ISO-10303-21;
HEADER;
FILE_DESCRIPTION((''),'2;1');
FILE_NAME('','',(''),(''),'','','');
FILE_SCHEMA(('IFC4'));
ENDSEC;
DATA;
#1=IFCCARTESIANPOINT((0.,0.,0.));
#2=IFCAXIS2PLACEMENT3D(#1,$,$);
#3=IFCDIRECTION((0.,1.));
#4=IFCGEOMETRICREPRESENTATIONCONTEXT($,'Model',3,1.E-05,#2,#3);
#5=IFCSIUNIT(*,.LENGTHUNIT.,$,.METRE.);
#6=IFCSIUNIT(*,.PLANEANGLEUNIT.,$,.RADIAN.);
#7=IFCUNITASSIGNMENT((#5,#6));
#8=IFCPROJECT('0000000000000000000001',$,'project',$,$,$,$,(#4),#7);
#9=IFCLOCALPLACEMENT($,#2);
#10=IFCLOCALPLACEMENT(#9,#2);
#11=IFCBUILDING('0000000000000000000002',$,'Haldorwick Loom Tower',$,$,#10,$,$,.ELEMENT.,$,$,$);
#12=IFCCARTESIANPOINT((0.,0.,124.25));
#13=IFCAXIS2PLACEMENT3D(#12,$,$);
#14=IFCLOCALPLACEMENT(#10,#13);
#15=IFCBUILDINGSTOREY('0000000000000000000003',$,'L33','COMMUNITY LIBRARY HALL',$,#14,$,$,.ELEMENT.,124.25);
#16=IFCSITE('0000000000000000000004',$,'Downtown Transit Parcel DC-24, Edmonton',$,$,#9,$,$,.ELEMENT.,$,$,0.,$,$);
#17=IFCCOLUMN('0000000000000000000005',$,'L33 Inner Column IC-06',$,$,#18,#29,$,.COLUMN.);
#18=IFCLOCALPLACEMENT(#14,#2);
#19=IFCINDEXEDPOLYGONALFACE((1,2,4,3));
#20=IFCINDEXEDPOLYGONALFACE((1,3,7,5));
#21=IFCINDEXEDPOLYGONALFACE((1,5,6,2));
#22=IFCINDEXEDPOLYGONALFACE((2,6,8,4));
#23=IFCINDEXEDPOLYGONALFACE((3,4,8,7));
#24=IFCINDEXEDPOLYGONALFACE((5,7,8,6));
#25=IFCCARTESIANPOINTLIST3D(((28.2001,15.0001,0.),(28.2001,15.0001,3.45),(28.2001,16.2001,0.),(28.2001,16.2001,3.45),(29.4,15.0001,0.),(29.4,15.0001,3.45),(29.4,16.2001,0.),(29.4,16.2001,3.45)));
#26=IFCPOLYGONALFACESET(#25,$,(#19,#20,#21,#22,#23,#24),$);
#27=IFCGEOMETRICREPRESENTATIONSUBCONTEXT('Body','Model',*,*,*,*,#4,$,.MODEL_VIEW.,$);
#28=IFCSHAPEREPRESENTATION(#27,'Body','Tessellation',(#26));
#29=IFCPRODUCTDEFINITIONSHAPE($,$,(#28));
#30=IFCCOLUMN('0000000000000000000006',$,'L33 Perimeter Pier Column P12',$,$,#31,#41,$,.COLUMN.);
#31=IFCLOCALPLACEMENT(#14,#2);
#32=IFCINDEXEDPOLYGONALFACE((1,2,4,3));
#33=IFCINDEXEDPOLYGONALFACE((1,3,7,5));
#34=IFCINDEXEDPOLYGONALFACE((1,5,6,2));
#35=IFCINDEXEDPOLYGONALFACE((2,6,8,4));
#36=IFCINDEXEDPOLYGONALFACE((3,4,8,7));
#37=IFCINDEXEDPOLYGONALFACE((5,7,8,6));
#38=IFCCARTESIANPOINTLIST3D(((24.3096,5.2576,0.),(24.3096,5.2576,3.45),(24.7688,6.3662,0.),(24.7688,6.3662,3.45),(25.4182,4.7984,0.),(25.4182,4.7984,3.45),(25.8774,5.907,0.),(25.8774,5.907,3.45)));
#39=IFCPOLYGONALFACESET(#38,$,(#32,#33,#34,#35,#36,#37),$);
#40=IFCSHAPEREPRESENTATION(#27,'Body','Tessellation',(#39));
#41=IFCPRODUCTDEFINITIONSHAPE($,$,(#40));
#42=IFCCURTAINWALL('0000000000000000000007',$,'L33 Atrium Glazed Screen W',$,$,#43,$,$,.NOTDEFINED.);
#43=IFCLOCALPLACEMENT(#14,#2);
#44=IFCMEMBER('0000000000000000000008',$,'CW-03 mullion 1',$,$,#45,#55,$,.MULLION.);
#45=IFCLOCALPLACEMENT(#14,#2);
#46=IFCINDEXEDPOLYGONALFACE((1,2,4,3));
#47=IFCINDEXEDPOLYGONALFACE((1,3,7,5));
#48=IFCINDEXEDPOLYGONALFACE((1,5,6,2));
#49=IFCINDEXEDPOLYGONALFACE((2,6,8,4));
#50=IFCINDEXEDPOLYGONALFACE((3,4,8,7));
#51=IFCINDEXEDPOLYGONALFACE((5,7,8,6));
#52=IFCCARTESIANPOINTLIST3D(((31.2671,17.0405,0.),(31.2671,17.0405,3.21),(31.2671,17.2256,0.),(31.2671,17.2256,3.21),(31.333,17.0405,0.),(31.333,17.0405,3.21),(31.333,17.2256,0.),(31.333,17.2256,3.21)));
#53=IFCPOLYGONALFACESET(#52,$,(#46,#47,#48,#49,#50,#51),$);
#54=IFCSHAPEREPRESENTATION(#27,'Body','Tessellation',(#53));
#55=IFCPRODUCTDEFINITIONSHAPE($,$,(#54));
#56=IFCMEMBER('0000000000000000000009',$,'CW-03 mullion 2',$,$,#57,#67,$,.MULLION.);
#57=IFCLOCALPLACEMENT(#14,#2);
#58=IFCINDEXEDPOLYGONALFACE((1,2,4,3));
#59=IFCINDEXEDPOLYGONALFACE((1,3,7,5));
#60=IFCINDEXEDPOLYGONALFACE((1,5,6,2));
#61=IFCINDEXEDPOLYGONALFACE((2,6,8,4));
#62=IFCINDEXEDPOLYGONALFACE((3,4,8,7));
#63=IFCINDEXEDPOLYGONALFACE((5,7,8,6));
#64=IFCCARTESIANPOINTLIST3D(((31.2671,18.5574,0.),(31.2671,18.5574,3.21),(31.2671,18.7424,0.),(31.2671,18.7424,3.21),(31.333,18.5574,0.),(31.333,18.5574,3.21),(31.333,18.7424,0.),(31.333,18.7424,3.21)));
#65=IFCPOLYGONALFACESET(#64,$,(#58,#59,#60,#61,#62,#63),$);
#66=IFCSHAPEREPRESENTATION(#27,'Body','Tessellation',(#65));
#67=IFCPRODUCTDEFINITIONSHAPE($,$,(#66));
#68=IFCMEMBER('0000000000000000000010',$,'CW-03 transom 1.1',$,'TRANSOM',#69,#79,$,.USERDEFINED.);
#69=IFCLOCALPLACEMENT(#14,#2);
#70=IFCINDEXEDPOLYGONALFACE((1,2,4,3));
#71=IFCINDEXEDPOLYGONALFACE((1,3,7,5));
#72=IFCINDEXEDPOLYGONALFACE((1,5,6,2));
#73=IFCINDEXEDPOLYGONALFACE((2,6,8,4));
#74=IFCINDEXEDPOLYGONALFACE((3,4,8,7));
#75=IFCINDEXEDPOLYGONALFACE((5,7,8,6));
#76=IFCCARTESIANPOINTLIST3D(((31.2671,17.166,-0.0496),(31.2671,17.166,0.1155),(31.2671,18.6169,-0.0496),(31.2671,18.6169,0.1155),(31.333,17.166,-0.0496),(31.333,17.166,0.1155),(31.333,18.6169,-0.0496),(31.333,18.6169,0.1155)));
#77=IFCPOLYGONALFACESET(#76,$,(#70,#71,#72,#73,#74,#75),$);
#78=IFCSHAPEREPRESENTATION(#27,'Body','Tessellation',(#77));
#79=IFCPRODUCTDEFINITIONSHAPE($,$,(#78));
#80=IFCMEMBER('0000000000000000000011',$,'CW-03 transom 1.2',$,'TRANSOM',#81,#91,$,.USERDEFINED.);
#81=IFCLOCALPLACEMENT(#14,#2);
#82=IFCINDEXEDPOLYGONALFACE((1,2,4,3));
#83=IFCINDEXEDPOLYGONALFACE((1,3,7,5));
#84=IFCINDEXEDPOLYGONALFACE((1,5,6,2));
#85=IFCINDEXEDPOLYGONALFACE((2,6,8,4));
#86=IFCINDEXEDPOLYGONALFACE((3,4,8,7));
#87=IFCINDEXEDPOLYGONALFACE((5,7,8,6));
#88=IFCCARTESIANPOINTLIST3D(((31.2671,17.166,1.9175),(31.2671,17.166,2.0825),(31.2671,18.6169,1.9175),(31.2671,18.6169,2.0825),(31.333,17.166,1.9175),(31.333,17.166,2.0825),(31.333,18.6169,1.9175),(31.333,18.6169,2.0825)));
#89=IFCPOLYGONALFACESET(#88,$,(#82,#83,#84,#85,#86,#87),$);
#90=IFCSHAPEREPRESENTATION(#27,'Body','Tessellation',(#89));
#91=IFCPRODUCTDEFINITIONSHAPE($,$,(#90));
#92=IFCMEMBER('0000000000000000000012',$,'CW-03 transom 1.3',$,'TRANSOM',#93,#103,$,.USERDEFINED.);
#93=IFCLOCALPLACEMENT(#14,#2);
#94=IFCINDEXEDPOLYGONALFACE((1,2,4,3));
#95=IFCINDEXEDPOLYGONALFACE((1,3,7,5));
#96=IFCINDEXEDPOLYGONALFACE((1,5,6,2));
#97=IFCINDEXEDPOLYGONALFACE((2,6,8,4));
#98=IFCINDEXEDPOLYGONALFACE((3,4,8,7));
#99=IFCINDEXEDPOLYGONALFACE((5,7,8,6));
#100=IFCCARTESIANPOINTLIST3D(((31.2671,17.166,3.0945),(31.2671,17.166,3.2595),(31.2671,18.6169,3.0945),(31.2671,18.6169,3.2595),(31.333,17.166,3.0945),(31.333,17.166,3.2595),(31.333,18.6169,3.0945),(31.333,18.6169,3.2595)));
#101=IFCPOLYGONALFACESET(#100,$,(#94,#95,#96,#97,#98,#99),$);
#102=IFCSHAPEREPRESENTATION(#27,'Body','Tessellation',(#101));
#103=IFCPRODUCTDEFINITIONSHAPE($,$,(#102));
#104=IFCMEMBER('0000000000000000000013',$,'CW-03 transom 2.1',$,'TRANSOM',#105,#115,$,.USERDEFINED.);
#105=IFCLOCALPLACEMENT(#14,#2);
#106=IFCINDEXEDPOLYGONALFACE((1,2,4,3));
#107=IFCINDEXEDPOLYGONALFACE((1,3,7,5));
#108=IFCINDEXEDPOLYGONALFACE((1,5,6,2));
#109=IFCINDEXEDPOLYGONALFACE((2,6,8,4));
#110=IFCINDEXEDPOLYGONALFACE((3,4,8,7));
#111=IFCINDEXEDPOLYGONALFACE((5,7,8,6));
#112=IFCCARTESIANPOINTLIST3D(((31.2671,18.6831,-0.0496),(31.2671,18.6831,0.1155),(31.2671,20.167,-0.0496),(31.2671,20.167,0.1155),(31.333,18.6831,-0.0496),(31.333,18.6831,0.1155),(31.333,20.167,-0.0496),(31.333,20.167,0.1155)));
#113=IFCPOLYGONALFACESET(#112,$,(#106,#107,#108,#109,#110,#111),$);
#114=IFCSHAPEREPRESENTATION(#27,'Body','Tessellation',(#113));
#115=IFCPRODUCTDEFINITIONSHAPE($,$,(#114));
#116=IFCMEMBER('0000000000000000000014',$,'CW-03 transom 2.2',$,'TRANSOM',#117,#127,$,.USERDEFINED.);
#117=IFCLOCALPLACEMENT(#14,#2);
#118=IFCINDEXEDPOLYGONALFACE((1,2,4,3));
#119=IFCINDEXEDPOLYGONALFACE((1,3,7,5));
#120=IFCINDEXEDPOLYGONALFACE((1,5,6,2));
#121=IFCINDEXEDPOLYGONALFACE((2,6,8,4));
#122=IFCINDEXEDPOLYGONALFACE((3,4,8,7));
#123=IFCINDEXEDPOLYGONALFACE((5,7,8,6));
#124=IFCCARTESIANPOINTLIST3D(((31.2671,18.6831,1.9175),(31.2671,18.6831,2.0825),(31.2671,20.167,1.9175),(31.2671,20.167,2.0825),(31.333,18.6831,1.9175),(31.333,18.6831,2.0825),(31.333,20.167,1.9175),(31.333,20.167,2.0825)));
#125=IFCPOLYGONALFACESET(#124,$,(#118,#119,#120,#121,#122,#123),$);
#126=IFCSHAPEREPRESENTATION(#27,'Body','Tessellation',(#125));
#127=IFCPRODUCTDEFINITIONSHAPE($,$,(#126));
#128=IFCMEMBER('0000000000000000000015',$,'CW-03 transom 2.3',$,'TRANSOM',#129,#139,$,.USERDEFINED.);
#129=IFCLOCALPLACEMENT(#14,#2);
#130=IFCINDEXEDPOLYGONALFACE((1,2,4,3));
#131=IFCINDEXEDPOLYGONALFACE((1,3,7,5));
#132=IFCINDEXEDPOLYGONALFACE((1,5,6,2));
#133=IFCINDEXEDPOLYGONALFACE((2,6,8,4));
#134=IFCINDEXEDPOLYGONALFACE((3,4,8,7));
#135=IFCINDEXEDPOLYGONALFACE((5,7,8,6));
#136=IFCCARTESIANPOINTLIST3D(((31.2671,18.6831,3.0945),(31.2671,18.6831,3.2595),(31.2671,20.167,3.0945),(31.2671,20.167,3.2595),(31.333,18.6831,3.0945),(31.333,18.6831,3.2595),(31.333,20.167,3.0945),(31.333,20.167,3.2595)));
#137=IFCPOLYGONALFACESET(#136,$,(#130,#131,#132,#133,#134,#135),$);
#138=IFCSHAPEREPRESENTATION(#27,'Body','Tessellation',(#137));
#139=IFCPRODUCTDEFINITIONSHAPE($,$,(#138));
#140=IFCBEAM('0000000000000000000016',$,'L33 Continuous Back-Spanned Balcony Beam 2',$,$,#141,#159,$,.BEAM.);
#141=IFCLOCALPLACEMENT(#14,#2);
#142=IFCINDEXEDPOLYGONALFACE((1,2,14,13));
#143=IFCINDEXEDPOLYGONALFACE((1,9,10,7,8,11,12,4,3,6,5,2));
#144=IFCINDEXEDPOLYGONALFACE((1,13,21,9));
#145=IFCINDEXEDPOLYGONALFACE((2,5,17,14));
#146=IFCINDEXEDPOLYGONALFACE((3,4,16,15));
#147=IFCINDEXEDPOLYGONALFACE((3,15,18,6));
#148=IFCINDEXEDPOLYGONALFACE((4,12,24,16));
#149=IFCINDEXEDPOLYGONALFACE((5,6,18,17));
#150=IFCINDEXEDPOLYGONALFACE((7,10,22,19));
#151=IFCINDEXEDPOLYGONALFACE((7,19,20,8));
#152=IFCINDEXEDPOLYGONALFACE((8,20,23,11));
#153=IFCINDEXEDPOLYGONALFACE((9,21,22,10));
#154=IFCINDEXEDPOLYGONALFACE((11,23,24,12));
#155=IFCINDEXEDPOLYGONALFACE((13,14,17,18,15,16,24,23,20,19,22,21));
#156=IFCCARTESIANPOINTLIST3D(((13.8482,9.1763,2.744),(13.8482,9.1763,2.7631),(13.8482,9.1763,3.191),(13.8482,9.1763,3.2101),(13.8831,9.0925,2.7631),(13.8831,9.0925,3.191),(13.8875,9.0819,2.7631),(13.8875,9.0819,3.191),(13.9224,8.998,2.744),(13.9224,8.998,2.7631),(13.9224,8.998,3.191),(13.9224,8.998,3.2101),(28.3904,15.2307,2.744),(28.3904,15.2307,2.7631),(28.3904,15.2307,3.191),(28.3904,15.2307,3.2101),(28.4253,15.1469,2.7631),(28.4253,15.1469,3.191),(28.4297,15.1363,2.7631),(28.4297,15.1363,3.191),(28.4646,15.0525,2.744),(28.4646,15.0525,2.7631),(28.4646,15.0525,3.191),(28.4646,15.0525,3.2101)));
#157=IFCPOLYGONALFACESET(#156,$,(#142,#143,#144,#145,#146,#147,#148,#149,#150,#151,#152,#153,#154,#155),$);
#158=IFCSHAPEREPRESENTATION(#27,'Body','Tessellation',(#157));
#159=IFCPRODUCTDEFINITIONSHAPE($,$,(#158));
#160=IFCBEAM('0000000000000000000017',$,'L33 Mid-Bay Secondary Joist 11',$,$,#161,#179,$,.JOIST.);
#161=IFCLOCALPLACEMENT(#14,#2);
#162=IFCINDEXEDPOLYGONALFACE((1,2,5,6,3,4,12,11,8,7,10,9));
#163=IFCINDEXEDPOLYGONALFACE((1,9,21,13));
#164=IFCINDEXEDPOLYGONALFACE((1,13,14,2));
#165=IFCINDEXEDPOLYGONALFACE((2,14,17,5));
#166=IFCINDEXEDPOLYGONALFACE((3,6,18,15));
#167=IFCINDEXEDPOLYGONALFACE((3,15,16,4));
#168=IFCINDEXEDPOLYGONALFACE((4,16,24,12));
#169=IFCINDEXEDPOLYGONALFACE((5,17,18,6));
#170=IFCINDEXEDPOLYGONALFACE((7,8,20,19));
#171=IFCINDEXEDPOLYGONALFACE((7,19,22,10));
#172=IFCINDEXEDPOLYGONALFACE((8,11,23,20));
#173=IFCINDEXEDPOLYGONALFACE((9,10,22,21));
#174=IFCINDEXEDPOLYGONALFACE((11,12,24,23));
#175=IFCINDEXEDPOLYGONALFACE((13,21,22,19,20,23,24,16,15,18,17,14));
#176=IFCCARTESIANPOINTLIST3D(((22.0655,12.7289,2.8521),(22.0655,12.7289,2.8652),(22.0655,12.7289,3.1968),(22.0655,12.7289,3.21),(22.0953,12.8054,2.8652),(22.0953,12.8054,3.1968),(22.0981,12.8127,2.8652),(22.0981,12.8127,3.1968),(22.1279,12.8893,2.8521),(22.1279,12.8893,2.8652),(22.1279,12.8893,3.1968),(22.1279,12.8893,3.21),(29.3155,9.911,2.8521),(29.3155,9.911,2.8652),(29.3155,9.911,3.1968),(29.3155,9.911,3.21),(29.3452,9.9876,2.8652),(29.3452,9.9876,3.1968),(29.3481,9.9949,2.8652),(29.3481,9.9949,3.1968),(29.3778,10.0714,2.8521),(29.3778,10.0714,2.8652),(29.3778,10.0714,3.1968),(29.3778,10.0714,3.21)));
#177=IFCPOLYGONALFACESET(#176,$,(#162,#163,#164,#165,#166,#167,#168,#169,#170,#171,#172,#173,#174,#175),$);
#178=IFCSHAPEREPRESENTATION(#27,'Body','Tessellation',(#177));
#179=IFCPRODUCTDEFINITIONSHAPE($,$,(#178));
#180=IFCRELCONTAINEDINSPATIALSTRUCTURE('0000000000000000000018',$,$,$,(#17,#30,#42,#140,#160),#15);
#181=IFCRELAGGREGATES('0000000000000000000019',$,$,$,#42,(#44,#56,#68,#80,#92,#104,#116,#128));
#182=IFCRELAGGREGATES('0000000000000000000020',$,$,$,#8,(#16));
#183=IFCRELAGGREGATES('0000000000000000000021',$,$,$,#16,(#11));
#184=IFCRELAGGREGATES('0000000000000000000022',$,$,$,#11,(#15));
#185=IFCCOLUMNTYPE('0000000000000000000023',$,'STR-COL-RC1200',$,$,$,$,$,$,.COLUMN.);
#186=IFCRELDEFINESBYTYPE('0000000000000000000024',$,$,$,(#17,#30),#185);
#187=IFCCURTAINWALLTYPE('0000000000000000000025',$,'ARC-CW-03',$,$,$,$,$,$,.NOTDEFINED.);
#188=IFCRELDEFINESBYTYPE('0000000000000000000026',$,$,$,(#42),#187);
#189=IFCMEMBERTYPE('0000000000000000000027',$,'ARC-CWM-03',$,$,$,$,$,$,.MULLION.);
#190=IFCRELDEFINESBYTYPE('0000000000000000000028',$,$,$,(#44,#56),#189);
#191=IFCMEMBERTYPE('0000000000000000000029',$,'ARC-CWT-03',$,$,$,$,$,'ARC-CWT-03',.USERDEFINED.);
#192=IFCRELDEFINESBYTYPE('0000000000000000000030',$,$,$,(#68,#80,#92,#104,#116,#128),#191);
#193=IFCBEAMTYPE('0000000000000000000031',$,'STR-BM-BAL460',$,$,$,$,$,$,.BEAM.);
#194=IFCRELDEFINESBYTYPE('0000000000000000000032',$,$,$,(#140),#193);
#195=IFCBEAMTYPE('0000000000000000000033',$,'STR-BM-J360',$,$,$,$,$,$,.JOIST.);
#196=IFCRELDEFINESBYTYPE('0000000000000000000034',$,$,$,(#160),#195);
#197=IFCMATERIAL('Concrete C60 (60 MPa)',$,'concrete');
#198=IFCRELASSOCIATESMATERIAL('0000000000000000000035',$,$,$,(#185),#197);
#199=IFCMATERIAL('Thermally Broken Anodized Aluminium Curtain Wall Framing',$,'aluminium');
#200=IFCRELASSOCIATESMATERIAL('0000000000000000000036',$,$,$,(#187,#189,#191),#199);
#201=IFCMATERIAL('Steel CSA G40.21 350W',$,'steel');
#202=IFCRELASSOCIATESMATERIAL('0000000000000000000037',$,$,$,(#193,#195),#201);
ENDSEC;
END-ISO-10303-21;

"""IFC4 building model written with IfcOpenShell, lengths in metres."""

from ifc_helpers import new_model, si_unit, direction, frame, origin, origin_2d, place, context, subcontext, project, spatial, rectangle, i_section, extrude, material, material_profile, profile_set, type_object, element, aggregate, save


model = new_model("IFC4")

# Units and contexts
model_context = context("Model", 3, precision=1e-05, world=origin(), true_north=direction((0.0, 1.0)))
body_context = subcontext(model_context, "Body", "Model", "MODEL_VIEW")
ifc_project = project(units=[si_unit("LENGTHUNIT", "METRE"), si_unit("PLANEANGLEUNIT", "RADIAN")], contexts=[model_context])

# Site, building, storey
site_placement = place(None, origin())
site = spatial("IfcSite", under=ifc_project, at=site_placement, Name="Downtown Transit Parcel DC-24, Edmonton", CompositionType="ELEMENT", RefElevation=0.0)
building_placement = place(site_placement, origin())
building = spatial("IfcBuilding", under=site, at=building_placement, Name="Haldorwick Loom Tower", CompositionType="ELEMENT")
storey_placement = place(building_placement, frame((0.0, 0.0, 124.25)))
storey = spatial("IfcBuildingStorey", under=building, at=storey_placement, Name="L33", Description="COMMUNITY LIBRARY HALL", CompositionType="ELEMENT", Elevation=124.25)

# Columns
ifc_material_1 = material(Name="Concrete C60 (60 MPa)", Category="concrete")
ifc_material_profile_1 = material_profile(ifc_material_1, rectangle(XDim=1.2, YDim=1.2, at=origin_2d()), Name="RC1200X1200", Category="concrete")
ifc_profile_set_1 = profile_set([ifc_material_profile_1], Name="Concrete C60 (60 MPa)")
column_type = type_object("IfcColumnType", Name="STR-COL-RC1200", PredefinedType="COLUMN", material=ifc_profile_set_1)
for number, where, z_axis, x_axis, name in (
    (1, (28.8, 15.6001, 0.0), (0.0, 0.0, 1.0), (1.0, 0.0, 0.0), "L33 Inner Column IC-06"),
    (2, (25.0935, 5.5823, 0.0), (0.0, 0.0, 1.0), (-0.382683, -0.92388, 0.0), "L33 Perimeter Pier Column P12"),
):
    element("IfcColumn", number, at=place(storey_placement, frame(where, z_axis=z_axis, x_axis=x_axis)), inside=storey, type_object=column_type, Name=name, PredefinedType="COLUMN", context=body_context, shape_type="SweptSolid", body=[
        extrude(rectangle(XDim=1.2, YDim=1.2, at=origin_2d()), origin(), (0.0, 0.0, 1.0), 3.45),
    ])

# Curtain wall, members
ifc_material_2 = material(Name="Thermally Broken Anodized Aluminium Curtain Wall Framing", Category="aluminium")
curtain_wall_type = type_object("IfcCurtainWallType", Name="ARC-CW-03", PredefinedType="NOTDEFINED", material=ifc_material_2)
curtain_wall_placement = place(storey_placement, origin())
curtain_wall = element("IfcCurtainWall", 3, at=curtain_wall_placement, inside=storey, type_object=curtain_wall_type, Name="L33 Atrium Glazed Screen W", PredefinedType="NOTDEFINED")
ifc_material_profile_2 = material_profile(ifc_material_2, rectangle(XDim=0.0659, YDim=0.1851, at=origin_2d()), Name="ALU_MUL_66X185", Category="aluminium")
ifc_profile_set_2 = profile_set([ifc_material_profile_2], Name="Thermally Broken Anodized Aluminium Curtain Wall Framing")
member_type_1 = type_object("IfcMemberType", Name="ARC-CWM-03", PredefinedType="MULLION", material=ifc_profile_set_2)
member_1_placement = place(storey_placement, frame((31.3, 17.1331, 0.0), z_axis=(0.0, 0.0, 1.0), x_axis=(-1.0, 0.0, 0.0)))
member_1 = element("IfcMember", 4, at=member_1_placement, type_object=member_type_1, Name="CW-03 mullion 1", PredefinedType="MULLION", context=body_context, shape_type="SweptSolid", body=[
    extrude(rectangle(XDim=0.0659, YDim=0.1851, at=origin_2d()), origin(), (0.0, 0.0, 1.0), 3.21),
])
member_2_placement = place(storey_placement, frame((31.3, 18.6499, 0.0), z_axis=(0.0, 0.0, 1.0), x_axis=(-1.0, 0.0, 0.0)))
member_2 = element("IfcMember", 5, at=member_2_placement, type_object=member_type_1, Name="CW-03 mullion 2", PredefinedType="MULLION", context=body_context, shape_type="SweptSolid", body=[
    extrude(rectangle(XDim=0.0659, YDim=0.1851, at=origin_2d()), origin(), (0.0, 0.0, 1.0), 3.21),
])
ifc_material_profile_3 = material_profile(ifc_material_2, rectangle(XDim=0.0659, YDim=0.165, at=origin_2d()), Name="ALU_TRN_66X165", Category="aluminium")
ifc_profile_set_3 = profile_set([ifc_material_profile_3], Name="Thermally Broken Anodized Aluminium Curtain Wall Framing")
member_type_2 = type_object("IfcMemberType", Name="ARC-CWT-03", ElementType="ARC-CWT-03", PredefinedType="USERDEFINED", material=ifc_profile_set_3)
member_3_placement = place(storey_placement, frame((31.3, 17.166, 0.033), z_axis=(0.0, 1.0, 0.0), x_axis=(-1.0, 0.0, 0.0)))
member_3 = element("IfcMember", 6, at=member_3_placement, type_object=member_type_2, Name="CW-03 transom 1.1", ObjectType="TRANSOM", PredefinedType="USERDEFINED", context=body_context, shape_type="SweptSolid", body=[
    extrude(rectangle(XDim=0.0659, YDim=0.165, at=origin_2d()), origin(), (0.0, 0.0, 1.0), 1.4509),
])
member_4_placement = place(storey_placement, frame((31.3, 17.166, 2.0), z_axis=(0.0, 1.0, 0.0), x_axis=(-1.0, 0.0, 0.0)))
member_4 = element("IfcMember", 7, at=member_4_placement, type_object=member_type_2, Name="CW-03 transom 1.2", ObjectType="TRANSOM", PredefinedType="USERDEFINED", context=body_context, shape_type="SweptSolid", body=[
    extrude(rectangle(XDim=0.0659, YDim=0.165, at=origin_2d()), origin(), (0.0, 0.0, 1.0), 1.4509),
])
member_5_placement = place(storey_placement, frame((31.3, 17.166, 3.177), z_axis=(0.0, 1.0, 0.0), x_axis=(-1.0, 0.0, 0.0)))
member_5 = element("IfcMember", 8, at=member_5_placement, type_object=member_type_2, Name="CW-03 transom 1.3", ObjectType="TRANSOM", PredefinedType="USERDEFINED", context=body_context, shape_type="SweptSolid", body=[
    extrude(rectangle(XDim=0.0659, YDim=0.165, at=origin_2d()), origin(), (0.0, 0.0, 1.0), 1.4509),
])
member_6_placement = place(storey_placement, frame((31.3, 18.6831, 0.033), z_axis=(0.0, 1.0, 0.0), x_axis=(-1.0, 0.0, 0.0)))
member_6 = element("IfcMember", 9, at=member_6_placement, type_object=member_type_2, Name="CW-03 transom 2.1", ObjectType="TRANSOM", PredefinedType="USERDEFINED", context=body_context, shape_type="SweptSolid", body=[
    extrude(rectangle(XDim=0.0659, YDim=0.165, at=origin_2d()), origin(), (0.0, 0.0, 1.0), 1.4839),
])
member_7_placement = place(storey_placement, frame((31.3, 18.6831, 2.0), z_axis=(0.0, 1.0, 0.0), x_axis=(-1.0, 0.0, 0.0)))
member_7 = element("IfcMember", 10, at=member_7_placement, type_object=member_type_2, Name="CW-03 transom 2.2", ObjectType="TRANSOM", PredefinedType="USERDEFINED", context=body_context, shape_type="SweptSolid", body=[
    extrude(rectangle(XDim=0.0659, YDim=0.165, at=origin_2d()), origin(), (0.0, 0.0, 1.0), 1.4839),
])
member_8_placement = place(storey_placement, frame((31.3, 18.6831, 3.177), z_axis=(0.0, 1.0, 0.0), x_axis=(-1.0, 0.0, 0.0)))
member_8 = element("IfcMember", 11, at=member_8_placement, type_object=member_type_2, Name="CW-03 transom 2.3", ObjectType="TRANSOM", PredefinedType="USERDEFINED", context=body_context, shape_type="SweptSolid", body=[
    extrude(rectangle(XDim=0.0659, YDim=0.165, at=origin_2d()), origin(), (0.0, 0.0, 1.0), 1.4839),
])

# Beams
ifc_material_3 = material(Name="Steel CSA G40.21 350W", Category="steel")
ifc_material_profile_4 = material_profile(ifc_material_3, i_section(OverallWidth=0.1931, OverallDepth=0.4661, WebThickness=0.0115, FlangeThickness=0.019, at=origin_2d()), Name="W460X97", Category="steel")
ifc_profile_set_4 = profile_set([ifc_material_profile_4], Name="Steel CSA G40.21 350W")
beam_type_1 = type_object("IfcBeamType", Name="STR-BM-BAL460", PredefinedType="BEAM", material=ifc_profile_set_4)
beam_1_placement = place(storey_placement, frame((28.4275, 15.1416, 2.9771), z_axis=(-0.923186, -0.384355, 0.0), x_axis=(0.384355, -0.923186, 0.0)))
element("IfcBeam", 12, at=beam_1_placement, inside=storey, type_object=beam_type_1, Name="L33 Continuous Back-Spanned Balcony Beam 2", PredefinedType="BEAM", context=body_context, shape_type="SweptSolid", body=[
    extrude(i_section(OverallWidth=0.1931, OverallDepth=0.4661, WebThickness=0.0115, FlangeThickness=0.019, at=origin_2d()), origin(), (0.0, 0.0, 1.0), 15.7522),
])
ifc_material_profile_5 = material_profile(ifc_material_3, i_section(OverallWidth=0.1721, OverallDepth=0.3579, WebThickness=0.0078, FlangeThickness=0.0132, at=origin_2d()), Name="W360X57", Category="steel")
ifc_profile_set_5 = profile_set([ifc_material_profile_5], Name="Steel CSA G40.21 350W")
beam_type_2 = type_object("IfcBeamType", Name="STR-BM-J360", PredefinedType="JOIST", material=ifc_profile_set_5)
beam_2_placement = place(storey_placement, frame((22.0967, 12.8091, 3.031), z_axis=(0.932073, -0.362271, 0.0), x_axis=(0.362271, 0.932073, 0.0)))
element("IfcBeam", 13, at=beam_2_placement, inside=storey, type_object=beam_type_2, Name="L33 Mid-Bay Secondary Joist 11", PredefinedType="JOIST", context=body_context, shape_type="SweptSolid", body=[
    extrude(i_section(OverallWidth=0.1721, OverallDepth=0.3579, WebThickness=0.0078, FlangeThickness=0.0132, at=origin_2d()), origin(), (0.0, 0.0, 1.0), 7.7783),
])

aggregate(curtain_wall, [member_1, member_2, member_3, member_4, member_5, member_6, member_7, member_8])

save(model, "model.ifc")
